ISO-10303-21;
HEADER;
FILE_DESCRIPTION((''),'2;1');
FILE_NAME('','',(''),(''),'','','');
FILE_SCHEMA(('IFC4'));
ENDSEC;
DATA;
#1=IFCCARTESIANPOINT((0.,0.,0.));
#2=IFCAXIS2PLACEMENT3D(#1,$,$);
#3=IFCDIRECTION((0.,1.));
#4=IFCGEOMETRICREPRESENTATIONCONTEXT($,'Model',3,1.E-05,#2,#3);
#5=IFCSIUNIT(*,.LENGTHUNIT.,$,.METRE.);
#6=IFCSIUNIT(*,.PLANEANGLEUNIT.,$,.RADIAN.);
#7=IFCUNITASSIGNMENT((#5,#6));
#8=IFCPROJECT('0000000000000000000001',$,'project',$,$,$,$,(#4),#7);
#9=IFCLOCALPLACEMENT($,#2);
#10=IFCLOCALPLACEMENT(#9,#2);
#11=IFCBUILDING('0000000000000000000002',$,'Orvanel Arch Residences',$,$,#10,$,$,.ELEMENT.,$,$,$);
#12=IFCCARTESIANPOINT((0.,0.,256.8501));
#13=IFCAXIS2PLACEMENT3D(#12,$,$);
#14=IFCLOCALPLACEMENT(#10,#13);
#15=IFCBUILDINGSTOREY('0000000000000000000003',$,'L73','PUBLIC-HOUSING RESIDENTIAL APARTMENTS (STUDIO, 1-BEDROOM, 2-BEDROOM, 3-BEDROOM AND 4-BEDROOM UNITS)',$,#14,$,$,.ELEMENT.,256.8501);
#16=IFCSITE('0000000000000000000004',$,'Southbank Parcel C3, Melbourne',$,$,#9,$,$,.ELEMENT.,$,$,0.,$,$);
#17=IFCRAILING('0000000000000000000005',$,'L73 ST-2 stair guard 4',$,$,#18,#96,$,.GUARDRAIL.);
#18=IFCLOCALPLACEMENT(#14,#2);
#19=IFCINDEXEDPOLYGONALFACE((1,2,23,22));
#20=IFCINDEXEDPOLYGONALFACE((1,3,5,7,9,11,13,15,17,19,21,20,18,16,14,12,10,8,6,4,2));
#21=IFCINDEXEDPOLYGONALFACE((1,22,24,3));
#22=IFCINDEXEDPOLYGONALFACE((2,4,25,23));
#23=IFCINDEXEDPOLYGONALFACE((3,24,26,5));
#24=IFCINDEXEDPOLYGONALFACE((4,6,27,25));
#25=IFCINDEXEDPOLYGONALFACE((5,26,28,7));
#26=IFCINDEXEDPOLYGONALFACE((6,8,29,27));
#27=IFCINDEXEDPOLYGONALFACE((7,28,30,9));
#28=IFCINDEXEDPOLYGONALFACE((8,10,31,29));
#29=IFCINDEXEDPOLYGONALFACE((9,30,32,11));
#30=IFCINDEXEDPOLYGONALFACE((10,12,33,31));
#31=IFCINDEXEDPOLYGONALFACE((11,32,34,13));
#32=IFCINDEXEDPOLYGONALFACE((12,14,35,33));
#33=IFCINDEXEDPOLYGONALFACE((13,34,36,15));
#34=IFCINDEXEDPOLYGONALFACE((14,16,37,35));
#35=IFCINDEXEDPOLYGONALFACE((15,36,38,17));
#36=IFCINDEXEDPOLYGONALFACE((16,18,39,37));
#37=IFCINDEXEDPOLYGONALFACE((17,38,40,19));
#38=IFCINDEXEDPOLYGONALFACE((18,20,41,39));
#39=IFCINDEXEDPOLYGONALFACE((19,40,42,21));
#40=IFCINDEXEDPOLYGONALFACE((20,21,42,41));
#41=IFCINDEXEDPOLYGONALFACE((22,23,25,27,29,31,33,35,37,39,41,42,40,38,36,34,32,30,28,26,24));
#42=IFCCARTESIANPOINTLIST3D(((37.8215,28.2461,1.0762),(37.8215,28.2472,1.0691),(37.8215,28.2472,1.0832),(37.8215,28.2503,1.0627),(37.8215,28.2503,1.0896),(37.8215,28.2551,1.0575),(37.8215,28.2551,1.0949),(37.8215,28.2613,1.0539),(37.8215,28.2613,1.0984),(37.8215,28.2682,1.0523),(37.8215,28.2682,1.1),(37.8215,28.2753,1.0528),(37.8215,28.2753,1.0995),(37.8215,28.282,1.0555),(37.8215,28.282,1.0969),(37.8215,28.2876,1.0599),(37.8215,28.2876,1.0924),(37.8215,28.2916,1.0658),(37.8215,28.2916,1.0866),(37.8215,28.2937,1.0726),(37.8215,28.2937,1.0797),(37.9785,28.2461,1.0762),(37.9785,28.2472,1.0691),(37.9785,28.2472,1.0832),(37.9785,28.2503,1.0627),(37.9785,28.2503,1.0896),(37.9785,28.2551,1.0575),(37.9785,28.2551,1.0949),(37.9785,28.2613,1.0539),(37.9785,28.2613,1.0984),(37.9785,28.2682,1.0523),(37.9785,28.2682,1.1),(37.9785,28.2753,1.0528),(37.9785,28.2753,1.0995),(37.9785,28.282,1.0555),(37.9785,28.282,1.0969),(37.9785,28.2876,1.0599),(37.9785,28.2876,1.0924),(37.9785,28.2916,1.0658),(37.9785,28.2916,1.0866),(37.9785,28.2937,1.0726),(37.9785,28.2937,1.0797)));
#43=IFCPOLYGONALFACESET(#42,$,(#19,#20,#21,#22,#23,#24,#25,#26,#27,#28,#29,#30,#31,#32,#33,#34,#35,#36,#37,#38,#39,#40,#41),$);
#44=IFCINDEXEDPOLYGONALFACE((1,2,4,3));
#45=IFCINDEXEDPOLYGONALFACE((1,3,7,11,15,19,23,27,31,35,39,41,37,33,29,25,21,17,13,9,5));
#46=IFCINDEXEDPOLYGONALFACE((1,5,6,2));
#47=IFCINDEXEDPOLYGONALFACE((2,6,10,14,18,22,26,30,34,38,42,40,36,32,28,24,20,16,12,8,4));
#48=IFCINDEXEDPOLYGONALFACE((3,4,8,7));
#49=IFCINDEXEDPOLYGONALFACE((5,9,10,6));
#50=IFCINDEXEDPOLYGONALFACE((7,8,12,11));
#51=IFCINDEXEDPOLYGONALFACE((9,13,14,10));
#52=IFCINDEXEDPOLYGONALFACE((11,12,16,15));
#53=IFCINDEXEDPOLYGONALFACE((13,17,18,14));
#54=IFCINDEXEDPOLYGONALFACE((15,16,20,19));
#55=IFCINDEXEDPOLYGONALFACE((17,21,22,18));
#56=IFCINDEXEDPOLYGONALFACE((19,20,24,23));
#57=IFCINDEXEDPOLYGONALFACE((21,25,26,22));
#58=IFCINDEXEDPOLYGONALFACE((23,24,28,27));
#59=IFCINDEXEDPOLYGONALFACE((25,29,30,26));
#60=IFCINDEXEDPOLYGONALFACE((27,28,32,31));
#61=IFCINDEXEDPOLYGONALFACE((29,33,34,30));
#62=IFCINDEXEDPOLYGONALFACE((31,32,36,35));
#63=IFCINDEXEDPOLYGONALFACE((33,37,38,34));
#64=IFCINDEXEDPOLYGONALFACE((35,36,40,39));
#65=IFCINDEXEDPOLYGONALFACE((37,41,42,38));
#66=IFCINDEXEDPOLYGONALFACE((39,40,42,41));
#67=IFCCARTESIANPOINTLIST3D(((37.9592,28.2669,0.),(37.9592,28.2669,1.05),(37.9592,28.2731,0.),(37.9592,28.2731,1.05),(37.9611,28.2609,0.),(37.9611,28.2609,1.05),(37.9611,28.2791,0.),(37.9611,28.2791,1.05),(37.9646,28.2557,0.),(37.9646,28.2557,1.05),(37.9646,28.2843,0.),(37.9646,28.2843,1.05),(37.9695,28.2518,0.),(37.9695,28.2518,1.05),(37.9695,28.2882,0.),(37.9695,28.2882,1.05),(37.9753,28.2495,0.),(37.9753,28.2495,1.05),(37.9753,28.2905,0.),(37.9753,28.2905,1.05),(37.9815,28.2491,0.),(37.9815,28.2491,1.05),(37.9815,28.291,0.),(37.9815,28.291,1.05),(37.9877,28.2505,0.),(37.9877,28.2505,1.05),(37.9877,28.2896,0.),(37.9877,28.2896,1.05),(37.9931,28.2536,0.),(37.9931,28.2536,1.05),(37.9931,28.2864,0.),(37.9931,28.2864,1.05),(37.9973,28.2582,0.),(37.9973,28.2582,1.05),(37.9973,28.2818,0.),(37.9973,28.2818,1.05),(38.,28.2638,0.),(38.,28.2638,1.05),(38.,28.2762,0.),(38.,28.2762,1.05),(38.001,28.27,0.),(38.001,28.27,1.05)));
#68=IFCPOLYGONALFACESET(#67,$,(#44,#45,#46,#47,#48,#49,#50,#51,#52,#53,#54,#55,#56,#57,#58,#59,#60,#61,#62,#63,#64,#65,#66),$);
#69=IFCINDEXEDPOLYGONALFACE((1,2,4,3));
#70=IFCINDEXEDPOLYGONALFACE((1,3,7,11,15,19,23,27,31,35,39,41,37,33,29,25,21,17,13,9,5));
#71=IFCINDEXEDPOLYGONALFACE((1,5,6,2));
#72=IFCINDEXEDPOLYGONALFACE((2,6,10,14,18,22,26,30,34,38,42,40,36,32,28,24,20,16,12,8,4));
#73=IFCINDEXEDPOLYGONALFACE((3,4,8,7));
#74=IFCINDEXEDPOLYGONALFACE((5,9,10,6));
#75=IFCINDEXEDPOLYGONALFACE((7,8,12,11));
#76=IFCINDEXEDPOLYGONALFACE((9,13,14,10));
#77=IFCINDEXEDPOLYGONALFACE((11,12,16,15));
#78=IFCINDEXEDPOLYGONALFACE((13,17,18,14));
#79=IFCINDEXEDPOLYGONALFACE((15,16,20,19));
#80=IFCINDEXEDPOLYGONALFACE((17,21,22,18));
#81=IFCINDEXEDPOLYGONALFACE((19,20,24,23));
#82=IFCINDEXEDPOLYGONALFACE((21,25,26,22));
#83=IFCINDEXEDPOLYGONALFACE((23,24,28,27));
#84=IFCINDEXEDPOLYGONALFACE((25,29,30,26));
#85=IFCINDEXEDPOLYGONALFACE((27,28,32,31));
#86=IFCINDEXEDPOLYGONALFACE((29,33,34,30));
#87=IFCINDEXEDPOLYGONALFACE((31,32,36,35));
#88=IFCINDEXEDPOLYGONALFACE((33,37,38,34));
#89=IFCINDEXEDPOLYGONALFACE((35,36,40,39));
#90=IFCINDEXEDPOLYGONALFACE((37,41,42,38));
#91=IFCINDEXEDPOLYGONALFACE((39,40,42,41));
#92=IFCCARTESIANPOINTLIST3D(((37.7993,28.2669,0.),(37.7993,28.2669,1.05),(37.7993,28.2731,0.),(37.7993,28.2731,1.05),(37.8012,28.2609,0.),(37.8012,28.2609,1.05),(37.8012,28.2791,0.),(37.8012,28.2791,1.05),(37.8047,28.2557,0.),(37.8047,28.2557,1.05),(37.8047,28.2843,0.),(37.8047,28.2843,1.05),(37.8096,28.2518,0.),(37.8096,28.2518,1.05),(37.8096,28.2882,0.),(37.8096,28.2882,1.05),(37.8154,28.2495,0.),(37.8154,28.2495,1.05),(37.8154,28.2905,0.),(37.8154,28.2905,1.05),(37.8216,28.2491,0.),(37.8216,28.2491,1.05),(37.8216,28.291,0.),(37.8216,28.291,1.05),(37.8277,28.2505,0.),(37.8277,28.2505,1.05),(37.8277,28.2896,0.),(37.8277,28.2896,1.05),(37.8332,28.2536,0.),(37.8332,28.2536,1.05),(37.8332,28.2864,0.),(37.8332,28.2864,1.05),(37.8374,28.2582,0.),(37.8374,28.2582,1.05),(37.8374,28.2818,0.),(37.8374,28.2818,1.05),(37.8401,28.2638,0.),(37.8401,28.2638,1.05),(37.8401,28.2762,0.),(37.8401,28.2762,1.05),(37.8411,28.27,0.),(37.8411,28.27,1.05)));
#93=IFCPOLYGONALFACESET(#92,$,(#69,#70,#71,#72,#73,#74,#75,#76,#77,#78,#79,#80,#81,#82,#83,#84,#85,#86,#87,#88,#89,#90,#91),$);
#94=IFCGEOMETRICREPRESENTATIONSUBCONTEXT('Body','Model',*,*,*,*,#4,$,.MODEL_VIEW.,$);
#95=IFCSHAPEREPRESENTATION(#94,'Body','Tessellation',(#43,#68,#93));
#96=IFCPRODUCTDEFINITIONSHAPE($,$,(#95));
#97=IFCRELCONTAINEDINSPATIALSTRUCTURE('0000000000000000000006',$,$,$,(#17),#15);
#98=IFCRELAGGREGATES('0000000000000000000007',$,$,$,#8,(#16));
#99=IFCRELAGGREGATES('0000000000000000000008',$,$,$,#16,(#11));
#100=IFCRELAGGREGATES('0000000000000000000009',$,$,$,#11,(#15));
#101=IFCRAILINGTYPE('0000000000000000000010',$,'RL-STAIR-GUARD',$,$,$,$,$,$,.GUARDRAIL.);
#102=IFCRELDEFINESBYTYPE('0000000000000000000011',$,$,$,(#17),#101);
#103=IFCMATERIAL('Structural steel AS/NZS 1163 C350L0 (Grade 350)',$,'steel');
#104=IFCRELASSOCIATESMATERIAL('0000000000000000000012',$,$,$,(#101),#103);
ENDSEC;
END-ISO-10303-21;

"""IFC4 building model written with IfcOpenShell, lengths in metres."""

from ifc_helpers import new_model, si_unit, direction, frame, origin, origin_2d, place, context, subcontext, project, spatial, circle, extrude, material, type_object, element, save


model = new_model("IFC4")

# Units and contexts
model_context = context("Model", 3, precision=1e-05, world=origin(), true_north=direction((0.0, 1.0)))
body_context = subcontext(model_context, "Body", "Model", "MODEL_VIEW")
ifc_project = project(units=[si_unit("LENGTHUNIT", "METRE"), si_unit("PLANEANGLEUNIT", "RADIAN")], contexts=[model_context])

# Site, building, storey
site_placement = place(None, origin())
site = spatial("IfcSite", under=ifc_project, at=site_placement, Name="Southbank Parcel C3, Melbourne", CompositionType="ELEMENT", RefElevation=0.0)
building_placement = place(site_placement, origin())
building = spatial("IfcBuilding", under=site, at=building_placement, Name="Orvanel Arch Residences", CompositionType="ELEMENT")
storey_placement = place(building_placement, frame((0.0, 0.0, 256.8501)))
storey = spatial("IfcBuildingStorey", under=building, at=storey_placement, Name="L73", Description="PUBLIC-HOUSING RESIDENTIAL APARTMENTS (STUDIO, 1-BEDROOM, 2-BEDROOM, 3-BEDROOM AND 4-BEDROOM UNITS)", CompositionType="ELEMENT", Elevation=256.8501)

# Railing
ifc_material_1 = material(Name="Structural steel AS/NZS 1163 C350L0 (Grade 350)", Category="steel")
railing_type_1 = type_object("IfcRailingType", Name="RL-STAIR-GUARD", PredefinedType="GUARDRAIL", material=ifc_material_1)
railing_1_placement = place(storey_placement, frame((37.98, 28.27, 0.0)))
element("IfcRailing", 1, at=railing_1_placement, inside=storey, type_object=railing_type_1, Name="L73 ST-2 stair guard 4", PredefinedType="GUARDRAIL", context=body_context, shape_type="SweptSolid", body=[
    extrude(circle(Radius=0.0239, at=origin_2d()), frame((-0.0015, 0.0, 1.0762), z_axis=(-1.0, 0.0, 0.0), x_axis=(0.0, -1.0, 0.0)), (0.0, 0.0, 1.0), 0.157),
    extrude(circle(Radius=0.021, at=origin_2d()), origin(), (0.0, 0.0, 1.0), 1.05),
    extrude(circle(Radius=0.021, at=origin_2d()), frame((-0.1599, 0.0, 0.0)), (0.0, 0.0, 1.0), 1.05),
])

save(model, "model.ifc")
